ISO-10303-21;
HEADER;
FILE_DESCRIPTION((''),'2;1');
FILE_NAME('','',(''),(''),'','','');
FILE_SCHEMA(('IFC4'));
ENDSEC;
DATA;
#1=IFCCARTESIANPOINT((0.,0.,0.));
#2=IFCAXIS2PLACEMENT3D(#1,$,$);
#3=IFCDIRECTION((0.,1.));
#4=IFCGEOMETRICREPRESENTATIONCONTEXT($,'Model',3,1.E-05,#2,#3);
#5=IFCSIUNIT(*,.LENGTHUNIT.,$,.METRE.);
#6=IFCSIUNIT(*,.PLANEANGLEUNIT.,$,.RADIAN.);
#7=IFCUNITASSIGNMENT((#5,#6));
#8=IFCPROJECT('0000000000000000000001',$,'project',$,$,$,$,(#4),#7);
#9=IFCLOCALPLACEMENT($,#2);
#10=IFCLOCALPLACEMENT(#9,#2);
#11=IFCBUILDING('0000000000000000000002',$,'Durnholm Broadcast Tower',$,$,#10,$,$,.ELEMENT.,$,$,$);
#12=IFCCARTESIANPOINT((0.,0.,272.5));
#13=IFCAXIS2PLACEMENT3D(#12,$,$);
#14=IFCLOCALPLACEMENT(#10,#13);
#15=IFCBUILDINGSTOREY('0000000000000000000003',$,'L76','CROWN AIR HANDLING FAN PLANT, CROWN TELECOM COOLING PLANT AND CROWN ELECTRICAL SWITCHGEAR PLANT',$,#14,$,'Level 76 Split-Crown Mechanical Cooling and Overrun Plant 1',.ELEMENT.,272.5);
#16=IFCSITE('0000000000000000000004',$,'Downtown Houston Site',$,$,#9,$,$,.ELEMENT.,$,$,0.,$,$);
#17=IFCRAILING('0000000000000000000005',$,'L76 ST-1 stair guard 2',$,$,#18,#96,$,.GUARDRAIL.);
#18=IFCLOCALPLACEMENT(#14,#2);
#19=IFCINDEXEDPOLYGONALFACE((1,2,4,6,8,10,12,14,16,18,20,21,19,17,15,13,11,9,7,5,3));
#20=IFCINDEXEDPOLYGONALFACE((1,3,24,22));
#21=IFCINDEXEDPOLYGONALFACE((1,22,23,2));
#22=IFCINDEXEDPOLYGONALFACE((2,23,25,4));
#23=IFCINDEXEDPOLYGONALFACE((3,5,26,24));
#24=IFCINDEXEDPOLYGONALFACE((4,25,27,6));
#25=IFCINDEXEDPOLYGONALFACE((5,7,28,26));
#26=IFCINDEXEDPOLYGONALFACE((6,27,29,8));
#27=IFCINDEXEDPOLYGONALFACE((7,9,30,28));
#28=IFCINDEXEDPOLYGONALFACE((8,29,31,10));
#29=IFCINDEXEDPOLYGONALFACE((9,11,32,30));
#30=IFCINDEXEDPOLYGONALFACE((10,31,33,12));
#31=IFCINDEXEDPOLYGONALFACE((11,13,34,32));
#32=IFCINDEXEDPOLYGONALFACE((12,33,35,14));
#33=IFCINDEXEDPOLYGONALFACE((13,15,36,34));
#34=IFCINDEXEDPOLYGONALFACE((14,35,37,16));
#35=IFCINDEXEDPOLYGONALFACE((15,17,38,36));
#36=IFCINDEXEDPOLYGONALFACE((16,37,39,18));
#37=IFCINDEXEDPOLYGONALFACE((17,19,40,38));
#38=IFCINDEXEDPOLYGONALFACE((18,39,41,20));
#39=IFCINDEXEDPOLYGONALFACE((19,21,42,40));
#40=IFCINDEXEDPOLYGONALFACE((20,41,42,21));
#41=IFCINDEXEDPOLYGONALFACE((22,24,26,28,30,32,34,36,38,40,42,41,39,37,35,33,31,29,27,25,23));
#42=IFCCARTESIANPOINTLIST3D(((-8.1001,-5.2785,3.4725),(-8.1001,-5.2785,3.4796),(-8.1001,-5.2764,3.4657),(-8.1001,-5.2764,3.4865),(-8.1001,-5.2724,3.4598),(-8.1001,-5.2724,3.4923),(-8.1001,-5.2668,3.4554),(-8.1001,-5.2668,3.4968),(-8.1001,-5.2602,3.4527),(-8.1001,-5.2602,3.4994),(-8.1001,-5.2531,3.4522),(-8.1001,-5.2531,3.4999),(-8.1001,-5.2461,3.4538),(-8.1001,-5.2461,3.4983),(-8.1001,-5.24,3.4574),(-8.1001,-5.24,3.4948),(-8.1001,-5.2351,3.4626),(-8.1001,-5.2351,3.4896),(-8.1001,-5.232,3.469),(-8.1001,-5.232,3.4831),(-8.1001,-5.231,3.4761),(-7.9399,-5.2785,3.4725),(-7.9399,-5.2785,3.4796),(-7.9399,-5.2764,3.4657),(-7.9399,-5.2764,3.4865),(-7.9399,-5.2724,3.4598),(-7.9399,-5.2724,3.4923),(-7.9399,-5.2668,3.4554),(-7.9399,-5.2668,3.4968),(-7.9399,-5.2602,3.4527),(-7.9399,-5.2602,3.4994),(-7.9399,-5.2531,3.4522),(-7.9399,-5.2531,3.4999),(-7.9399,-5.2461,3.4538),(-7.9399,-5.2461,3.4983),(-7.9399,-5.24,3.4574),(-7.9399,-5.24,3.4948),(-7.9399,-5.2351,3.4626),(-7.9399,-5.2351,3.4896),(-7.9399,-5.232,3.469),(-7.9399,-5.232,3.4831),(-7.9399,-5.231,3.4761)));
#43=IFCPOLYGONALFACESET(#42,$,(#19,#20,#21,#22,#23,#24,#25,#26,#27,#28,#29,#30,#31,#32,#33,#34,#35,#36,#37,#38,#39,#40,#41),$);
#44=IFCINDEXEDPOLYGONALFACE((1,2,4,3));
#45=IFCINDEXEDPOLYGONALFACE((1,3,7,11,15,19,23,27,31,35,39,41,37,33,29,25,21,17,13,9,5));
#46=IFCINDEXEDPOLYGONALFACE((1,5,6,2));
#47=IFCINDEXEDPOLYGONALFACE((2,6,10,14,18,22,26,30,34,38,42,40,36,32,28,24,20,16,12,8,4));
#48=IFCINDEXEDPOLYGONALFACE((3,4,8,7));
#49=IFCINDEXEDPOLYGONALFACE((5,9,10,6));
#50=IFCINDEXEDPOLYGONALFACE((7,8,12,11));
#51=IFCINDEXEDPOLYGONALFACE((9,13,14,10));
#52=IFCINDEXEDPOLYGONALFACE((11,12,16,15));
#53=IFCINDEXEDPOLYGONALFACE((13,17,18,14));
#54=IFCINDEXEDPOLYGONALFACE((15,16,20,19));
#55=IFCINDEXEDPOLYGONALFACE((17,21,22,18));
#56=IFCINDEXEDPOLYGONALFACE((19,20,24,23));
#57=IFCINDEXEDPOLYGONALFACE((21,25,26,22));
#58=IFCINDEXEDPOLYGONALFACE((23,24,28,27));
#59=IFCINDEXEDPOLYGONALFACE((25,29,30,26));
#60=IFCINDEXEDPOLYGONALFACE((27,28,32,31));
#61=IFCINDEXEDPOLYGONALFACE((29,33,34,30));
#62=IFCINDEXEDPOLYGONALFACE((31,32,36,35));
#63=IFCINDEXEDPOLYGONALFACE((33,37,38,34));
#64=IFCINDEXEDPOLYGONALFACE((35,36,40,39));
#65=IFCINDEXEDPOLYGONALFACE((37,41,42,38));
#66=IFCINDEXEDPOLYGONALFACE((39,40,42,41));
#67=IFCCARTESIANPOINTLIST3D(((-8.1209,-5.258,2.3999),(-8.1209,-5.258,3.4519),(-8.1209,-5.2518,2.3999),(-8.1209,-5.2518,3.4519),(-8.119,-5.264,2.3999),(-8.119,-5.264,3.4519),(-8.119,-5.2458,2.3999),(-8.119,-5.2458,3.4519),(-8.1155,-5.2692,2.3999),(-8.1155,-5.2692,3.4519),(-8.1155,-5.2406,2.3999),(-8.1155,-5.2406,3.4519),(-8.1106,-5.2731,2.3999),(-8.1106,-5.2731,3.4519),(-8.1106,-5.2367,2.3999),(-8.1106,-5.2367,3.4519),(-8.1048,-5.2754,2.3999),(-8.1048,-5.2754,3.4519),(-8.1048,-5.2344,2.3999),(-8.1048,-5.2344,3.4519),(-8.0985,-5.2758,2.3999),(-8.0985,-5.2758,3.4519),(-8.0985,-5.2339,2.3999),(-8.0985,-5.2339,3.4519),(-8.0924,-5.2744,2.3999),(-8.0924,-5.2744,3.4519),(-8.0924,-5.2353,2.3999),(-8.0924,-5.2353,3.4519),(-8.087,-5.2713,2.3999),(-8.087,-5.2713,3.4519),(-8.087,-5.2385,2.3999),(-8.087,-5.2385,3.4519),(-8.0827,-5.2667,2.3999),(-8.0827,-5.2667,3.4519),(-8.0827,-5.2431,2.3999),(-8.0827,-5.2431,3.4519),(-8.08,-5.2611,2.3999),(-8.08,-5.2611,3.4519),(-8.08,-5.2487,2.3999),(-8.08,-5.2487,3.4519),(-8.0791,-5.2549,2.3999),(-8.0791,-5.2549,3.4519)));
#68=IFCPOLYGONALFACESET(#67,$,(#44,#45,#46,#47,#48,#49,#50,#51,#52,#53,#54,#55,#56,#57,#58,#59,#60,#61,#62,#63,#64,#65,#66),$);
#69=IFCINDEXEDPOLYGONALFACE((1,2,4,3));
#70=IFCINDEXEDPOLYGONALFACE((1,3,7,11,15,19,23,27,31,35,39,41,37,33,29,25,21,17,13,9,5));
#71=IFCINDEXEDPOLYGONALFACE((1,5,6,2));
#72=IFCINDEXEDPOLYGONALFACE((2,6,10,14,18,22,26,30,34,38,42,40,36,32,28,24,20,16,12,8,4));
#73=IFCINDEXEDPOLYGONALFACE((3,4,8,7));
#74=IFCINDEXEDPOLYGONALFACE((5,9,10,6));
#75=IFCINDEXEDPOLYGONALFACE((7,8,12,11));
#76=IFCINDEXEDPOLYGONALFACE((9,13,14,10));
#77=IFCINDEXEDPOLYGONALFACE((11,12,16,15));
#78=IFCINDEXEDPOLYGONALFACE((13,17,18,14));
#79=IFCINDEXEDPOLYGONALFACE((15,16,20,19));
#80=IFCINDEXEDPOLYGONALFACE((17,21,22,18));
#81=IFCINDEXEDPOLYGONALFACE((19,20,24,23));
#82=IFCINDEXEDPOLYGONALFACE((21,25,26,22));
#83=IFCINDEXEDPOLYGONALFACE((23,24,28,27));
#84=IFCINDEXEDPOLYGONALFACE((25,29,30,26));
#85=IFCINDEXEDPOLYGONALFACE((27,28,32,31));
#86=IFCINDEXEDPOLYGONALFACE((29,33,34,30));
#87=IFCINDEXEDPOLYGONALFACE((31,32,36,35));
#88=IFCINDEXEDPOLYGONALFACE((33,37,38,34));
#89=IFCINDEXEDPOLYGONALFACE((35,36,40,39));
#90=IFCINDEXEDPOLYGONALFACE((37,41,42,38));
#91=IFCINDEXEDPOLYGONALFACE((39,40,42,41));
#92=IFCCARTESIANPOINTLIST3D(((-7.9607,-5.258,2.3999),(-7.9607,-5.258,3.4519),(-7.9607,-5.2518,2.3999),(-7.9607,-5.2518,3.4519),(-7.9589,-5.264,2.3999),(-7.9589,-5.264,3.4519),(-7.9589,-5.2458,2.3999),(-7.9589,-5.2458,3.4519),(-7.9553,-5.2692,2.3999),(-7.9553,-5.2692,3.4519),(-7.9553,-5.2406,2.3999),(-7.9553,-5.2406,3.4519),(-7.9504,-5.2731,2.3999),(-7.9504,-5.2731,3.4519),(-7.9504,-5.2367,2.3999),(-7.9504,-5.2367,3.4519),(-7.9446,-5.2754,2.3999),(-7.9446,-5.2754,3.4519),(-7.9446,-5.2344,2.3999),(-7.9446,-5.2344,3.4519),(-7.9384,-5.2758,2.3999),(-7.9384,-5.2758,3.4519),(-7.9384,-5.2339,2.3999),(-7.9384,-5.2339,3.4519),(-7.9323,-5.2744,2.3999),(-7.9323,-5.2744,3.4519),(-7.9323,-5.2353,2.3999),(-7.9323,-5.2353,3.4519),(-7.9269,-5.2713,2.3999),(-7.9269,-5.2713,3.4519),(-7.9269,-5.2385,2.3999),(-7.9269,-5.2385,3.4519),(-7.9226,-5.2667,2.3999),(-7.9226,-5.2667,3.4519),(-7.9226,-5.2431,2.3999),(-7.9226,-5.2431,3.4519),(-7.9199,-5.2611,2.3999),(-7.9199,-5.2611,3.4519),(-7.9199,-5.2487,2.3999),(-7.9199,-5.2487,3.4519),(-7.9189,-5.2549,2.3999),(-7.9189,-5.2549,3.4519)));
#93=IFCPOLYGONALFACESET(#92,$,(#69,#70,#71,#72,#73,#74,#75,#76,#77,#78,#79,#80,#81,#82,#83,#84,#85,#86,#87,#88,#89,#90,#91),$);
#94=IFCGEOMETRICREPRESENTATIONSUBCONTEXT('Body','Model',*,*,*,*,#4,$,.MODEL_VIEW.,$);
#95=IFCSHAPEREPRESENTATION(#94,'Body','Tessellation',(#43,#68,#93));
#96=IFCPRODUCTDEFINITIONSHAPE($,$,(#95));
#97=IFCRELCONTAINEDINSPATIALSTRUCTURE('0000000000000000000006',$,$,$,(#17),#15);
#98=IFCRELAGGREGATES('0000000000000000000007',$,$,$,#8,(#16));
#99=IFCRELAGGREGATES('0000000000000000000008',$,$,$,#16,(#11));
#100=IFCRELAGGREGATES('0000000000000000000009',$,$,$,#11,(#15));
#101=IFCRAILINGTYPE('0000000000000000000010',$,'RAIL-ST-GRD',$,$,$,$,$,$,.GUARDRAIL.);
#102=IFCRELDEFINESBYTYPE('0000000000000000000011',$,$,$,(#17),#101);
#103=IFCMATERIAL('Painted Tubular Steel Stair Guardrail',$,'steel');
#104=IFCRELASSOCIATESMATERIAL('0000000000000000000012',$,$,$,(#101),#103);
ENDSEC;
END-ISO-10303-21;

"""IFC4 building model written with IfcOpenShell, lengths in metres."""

from ifc_helpers import new_model, si_unit, direction, frame, origin, origin_2d, place, context, subcontext, project, spatial, circle, extrude, material, type_object, element, save


model = new_model("IFC4")

# Units and contexts
model_context = context("Model", 3, precision=1e-05, world=origin(), true_north=direction((0.0, 1.0)))
body_context = subcontext(model_context, "Body", "Model", "MODEL_VIEW")
ifc_project = project(units=[si_unit("LENGTHUNIT", "METRE"), si_unit("PLANEANGLEUNIT", "RADIAN")], contexts=[model_context])

# Site, building, storey
site_placement = place(None, origin())
site = spatial("IfcSite", under=ifc_project, at=site_placement, Name="Downtown Houston Site", CompositionType="ELEMENT", RefElevation=0.0)
building_placement = place(site_placement, origin())
building = spatial("IfcBuilding", under=site, at=building_placement, Name="Durnholm Broadcast Tower", CompositionType="ELEMENT")
storey_placement = place(building_placement, frame((0.0, 0.0, 272.5)))
storey = spatial("IfcBuildingStorey", under=building, at=storey_placement, Name="L76", Description="CROWN AIR HANDLING FAN PLANT, CROWN TELECOM COOLING PLANT AND CROWN ELECTRICAL SWITCHGEAR PLANT", LongName="Level 76 Split-Crown Mechanical Cooling and Overrun Plant 1", CompositionType="ELEMENT", Elevation=272.5)

# Railing
ifc_material_1 = material(Name="Painted Tubular Steel Stair Guardrail", Category="steel")
railing_type_1 = type_object("IfcRailingType", Name="RAIL-ST-GRD", PredefinedType="GUARDRAIL", material=ifc_material_1)
railing_1_placement = place(storey_placement, frame((-8.1001, -5.2549, 2.3999)))
element("IfcRailing", 1, at=railing_1_placement, inside=storey, type_object=railing_type_1, Name="L76 ST-1 stair guard 2", PredefinedType="GUARDRAIL", context=body_context, shape_type="SweptSolid", body=[
    extrude(circle(Radius=0.0239, at=origin_2d()), frame((0.0, 0.0, 1.0762), z_axis=(1.0, 0.0, 0.0), x_axis=(0.0, 1.0, 0.0)), (0.0, 0.0, 1.0), 0.1602),
    extrude(circle(Radius=0.021, at=origin_2d()), origin(), (0.0, 0.0, 1.0), 1.052),
    extrude(circle(Radius=0.021, at=origin_2d()), frame((0.1602, 0.0, 0.0)), (0.0, 0.0, 1.0), 1.052),
])

save(model, "model.ifc")
